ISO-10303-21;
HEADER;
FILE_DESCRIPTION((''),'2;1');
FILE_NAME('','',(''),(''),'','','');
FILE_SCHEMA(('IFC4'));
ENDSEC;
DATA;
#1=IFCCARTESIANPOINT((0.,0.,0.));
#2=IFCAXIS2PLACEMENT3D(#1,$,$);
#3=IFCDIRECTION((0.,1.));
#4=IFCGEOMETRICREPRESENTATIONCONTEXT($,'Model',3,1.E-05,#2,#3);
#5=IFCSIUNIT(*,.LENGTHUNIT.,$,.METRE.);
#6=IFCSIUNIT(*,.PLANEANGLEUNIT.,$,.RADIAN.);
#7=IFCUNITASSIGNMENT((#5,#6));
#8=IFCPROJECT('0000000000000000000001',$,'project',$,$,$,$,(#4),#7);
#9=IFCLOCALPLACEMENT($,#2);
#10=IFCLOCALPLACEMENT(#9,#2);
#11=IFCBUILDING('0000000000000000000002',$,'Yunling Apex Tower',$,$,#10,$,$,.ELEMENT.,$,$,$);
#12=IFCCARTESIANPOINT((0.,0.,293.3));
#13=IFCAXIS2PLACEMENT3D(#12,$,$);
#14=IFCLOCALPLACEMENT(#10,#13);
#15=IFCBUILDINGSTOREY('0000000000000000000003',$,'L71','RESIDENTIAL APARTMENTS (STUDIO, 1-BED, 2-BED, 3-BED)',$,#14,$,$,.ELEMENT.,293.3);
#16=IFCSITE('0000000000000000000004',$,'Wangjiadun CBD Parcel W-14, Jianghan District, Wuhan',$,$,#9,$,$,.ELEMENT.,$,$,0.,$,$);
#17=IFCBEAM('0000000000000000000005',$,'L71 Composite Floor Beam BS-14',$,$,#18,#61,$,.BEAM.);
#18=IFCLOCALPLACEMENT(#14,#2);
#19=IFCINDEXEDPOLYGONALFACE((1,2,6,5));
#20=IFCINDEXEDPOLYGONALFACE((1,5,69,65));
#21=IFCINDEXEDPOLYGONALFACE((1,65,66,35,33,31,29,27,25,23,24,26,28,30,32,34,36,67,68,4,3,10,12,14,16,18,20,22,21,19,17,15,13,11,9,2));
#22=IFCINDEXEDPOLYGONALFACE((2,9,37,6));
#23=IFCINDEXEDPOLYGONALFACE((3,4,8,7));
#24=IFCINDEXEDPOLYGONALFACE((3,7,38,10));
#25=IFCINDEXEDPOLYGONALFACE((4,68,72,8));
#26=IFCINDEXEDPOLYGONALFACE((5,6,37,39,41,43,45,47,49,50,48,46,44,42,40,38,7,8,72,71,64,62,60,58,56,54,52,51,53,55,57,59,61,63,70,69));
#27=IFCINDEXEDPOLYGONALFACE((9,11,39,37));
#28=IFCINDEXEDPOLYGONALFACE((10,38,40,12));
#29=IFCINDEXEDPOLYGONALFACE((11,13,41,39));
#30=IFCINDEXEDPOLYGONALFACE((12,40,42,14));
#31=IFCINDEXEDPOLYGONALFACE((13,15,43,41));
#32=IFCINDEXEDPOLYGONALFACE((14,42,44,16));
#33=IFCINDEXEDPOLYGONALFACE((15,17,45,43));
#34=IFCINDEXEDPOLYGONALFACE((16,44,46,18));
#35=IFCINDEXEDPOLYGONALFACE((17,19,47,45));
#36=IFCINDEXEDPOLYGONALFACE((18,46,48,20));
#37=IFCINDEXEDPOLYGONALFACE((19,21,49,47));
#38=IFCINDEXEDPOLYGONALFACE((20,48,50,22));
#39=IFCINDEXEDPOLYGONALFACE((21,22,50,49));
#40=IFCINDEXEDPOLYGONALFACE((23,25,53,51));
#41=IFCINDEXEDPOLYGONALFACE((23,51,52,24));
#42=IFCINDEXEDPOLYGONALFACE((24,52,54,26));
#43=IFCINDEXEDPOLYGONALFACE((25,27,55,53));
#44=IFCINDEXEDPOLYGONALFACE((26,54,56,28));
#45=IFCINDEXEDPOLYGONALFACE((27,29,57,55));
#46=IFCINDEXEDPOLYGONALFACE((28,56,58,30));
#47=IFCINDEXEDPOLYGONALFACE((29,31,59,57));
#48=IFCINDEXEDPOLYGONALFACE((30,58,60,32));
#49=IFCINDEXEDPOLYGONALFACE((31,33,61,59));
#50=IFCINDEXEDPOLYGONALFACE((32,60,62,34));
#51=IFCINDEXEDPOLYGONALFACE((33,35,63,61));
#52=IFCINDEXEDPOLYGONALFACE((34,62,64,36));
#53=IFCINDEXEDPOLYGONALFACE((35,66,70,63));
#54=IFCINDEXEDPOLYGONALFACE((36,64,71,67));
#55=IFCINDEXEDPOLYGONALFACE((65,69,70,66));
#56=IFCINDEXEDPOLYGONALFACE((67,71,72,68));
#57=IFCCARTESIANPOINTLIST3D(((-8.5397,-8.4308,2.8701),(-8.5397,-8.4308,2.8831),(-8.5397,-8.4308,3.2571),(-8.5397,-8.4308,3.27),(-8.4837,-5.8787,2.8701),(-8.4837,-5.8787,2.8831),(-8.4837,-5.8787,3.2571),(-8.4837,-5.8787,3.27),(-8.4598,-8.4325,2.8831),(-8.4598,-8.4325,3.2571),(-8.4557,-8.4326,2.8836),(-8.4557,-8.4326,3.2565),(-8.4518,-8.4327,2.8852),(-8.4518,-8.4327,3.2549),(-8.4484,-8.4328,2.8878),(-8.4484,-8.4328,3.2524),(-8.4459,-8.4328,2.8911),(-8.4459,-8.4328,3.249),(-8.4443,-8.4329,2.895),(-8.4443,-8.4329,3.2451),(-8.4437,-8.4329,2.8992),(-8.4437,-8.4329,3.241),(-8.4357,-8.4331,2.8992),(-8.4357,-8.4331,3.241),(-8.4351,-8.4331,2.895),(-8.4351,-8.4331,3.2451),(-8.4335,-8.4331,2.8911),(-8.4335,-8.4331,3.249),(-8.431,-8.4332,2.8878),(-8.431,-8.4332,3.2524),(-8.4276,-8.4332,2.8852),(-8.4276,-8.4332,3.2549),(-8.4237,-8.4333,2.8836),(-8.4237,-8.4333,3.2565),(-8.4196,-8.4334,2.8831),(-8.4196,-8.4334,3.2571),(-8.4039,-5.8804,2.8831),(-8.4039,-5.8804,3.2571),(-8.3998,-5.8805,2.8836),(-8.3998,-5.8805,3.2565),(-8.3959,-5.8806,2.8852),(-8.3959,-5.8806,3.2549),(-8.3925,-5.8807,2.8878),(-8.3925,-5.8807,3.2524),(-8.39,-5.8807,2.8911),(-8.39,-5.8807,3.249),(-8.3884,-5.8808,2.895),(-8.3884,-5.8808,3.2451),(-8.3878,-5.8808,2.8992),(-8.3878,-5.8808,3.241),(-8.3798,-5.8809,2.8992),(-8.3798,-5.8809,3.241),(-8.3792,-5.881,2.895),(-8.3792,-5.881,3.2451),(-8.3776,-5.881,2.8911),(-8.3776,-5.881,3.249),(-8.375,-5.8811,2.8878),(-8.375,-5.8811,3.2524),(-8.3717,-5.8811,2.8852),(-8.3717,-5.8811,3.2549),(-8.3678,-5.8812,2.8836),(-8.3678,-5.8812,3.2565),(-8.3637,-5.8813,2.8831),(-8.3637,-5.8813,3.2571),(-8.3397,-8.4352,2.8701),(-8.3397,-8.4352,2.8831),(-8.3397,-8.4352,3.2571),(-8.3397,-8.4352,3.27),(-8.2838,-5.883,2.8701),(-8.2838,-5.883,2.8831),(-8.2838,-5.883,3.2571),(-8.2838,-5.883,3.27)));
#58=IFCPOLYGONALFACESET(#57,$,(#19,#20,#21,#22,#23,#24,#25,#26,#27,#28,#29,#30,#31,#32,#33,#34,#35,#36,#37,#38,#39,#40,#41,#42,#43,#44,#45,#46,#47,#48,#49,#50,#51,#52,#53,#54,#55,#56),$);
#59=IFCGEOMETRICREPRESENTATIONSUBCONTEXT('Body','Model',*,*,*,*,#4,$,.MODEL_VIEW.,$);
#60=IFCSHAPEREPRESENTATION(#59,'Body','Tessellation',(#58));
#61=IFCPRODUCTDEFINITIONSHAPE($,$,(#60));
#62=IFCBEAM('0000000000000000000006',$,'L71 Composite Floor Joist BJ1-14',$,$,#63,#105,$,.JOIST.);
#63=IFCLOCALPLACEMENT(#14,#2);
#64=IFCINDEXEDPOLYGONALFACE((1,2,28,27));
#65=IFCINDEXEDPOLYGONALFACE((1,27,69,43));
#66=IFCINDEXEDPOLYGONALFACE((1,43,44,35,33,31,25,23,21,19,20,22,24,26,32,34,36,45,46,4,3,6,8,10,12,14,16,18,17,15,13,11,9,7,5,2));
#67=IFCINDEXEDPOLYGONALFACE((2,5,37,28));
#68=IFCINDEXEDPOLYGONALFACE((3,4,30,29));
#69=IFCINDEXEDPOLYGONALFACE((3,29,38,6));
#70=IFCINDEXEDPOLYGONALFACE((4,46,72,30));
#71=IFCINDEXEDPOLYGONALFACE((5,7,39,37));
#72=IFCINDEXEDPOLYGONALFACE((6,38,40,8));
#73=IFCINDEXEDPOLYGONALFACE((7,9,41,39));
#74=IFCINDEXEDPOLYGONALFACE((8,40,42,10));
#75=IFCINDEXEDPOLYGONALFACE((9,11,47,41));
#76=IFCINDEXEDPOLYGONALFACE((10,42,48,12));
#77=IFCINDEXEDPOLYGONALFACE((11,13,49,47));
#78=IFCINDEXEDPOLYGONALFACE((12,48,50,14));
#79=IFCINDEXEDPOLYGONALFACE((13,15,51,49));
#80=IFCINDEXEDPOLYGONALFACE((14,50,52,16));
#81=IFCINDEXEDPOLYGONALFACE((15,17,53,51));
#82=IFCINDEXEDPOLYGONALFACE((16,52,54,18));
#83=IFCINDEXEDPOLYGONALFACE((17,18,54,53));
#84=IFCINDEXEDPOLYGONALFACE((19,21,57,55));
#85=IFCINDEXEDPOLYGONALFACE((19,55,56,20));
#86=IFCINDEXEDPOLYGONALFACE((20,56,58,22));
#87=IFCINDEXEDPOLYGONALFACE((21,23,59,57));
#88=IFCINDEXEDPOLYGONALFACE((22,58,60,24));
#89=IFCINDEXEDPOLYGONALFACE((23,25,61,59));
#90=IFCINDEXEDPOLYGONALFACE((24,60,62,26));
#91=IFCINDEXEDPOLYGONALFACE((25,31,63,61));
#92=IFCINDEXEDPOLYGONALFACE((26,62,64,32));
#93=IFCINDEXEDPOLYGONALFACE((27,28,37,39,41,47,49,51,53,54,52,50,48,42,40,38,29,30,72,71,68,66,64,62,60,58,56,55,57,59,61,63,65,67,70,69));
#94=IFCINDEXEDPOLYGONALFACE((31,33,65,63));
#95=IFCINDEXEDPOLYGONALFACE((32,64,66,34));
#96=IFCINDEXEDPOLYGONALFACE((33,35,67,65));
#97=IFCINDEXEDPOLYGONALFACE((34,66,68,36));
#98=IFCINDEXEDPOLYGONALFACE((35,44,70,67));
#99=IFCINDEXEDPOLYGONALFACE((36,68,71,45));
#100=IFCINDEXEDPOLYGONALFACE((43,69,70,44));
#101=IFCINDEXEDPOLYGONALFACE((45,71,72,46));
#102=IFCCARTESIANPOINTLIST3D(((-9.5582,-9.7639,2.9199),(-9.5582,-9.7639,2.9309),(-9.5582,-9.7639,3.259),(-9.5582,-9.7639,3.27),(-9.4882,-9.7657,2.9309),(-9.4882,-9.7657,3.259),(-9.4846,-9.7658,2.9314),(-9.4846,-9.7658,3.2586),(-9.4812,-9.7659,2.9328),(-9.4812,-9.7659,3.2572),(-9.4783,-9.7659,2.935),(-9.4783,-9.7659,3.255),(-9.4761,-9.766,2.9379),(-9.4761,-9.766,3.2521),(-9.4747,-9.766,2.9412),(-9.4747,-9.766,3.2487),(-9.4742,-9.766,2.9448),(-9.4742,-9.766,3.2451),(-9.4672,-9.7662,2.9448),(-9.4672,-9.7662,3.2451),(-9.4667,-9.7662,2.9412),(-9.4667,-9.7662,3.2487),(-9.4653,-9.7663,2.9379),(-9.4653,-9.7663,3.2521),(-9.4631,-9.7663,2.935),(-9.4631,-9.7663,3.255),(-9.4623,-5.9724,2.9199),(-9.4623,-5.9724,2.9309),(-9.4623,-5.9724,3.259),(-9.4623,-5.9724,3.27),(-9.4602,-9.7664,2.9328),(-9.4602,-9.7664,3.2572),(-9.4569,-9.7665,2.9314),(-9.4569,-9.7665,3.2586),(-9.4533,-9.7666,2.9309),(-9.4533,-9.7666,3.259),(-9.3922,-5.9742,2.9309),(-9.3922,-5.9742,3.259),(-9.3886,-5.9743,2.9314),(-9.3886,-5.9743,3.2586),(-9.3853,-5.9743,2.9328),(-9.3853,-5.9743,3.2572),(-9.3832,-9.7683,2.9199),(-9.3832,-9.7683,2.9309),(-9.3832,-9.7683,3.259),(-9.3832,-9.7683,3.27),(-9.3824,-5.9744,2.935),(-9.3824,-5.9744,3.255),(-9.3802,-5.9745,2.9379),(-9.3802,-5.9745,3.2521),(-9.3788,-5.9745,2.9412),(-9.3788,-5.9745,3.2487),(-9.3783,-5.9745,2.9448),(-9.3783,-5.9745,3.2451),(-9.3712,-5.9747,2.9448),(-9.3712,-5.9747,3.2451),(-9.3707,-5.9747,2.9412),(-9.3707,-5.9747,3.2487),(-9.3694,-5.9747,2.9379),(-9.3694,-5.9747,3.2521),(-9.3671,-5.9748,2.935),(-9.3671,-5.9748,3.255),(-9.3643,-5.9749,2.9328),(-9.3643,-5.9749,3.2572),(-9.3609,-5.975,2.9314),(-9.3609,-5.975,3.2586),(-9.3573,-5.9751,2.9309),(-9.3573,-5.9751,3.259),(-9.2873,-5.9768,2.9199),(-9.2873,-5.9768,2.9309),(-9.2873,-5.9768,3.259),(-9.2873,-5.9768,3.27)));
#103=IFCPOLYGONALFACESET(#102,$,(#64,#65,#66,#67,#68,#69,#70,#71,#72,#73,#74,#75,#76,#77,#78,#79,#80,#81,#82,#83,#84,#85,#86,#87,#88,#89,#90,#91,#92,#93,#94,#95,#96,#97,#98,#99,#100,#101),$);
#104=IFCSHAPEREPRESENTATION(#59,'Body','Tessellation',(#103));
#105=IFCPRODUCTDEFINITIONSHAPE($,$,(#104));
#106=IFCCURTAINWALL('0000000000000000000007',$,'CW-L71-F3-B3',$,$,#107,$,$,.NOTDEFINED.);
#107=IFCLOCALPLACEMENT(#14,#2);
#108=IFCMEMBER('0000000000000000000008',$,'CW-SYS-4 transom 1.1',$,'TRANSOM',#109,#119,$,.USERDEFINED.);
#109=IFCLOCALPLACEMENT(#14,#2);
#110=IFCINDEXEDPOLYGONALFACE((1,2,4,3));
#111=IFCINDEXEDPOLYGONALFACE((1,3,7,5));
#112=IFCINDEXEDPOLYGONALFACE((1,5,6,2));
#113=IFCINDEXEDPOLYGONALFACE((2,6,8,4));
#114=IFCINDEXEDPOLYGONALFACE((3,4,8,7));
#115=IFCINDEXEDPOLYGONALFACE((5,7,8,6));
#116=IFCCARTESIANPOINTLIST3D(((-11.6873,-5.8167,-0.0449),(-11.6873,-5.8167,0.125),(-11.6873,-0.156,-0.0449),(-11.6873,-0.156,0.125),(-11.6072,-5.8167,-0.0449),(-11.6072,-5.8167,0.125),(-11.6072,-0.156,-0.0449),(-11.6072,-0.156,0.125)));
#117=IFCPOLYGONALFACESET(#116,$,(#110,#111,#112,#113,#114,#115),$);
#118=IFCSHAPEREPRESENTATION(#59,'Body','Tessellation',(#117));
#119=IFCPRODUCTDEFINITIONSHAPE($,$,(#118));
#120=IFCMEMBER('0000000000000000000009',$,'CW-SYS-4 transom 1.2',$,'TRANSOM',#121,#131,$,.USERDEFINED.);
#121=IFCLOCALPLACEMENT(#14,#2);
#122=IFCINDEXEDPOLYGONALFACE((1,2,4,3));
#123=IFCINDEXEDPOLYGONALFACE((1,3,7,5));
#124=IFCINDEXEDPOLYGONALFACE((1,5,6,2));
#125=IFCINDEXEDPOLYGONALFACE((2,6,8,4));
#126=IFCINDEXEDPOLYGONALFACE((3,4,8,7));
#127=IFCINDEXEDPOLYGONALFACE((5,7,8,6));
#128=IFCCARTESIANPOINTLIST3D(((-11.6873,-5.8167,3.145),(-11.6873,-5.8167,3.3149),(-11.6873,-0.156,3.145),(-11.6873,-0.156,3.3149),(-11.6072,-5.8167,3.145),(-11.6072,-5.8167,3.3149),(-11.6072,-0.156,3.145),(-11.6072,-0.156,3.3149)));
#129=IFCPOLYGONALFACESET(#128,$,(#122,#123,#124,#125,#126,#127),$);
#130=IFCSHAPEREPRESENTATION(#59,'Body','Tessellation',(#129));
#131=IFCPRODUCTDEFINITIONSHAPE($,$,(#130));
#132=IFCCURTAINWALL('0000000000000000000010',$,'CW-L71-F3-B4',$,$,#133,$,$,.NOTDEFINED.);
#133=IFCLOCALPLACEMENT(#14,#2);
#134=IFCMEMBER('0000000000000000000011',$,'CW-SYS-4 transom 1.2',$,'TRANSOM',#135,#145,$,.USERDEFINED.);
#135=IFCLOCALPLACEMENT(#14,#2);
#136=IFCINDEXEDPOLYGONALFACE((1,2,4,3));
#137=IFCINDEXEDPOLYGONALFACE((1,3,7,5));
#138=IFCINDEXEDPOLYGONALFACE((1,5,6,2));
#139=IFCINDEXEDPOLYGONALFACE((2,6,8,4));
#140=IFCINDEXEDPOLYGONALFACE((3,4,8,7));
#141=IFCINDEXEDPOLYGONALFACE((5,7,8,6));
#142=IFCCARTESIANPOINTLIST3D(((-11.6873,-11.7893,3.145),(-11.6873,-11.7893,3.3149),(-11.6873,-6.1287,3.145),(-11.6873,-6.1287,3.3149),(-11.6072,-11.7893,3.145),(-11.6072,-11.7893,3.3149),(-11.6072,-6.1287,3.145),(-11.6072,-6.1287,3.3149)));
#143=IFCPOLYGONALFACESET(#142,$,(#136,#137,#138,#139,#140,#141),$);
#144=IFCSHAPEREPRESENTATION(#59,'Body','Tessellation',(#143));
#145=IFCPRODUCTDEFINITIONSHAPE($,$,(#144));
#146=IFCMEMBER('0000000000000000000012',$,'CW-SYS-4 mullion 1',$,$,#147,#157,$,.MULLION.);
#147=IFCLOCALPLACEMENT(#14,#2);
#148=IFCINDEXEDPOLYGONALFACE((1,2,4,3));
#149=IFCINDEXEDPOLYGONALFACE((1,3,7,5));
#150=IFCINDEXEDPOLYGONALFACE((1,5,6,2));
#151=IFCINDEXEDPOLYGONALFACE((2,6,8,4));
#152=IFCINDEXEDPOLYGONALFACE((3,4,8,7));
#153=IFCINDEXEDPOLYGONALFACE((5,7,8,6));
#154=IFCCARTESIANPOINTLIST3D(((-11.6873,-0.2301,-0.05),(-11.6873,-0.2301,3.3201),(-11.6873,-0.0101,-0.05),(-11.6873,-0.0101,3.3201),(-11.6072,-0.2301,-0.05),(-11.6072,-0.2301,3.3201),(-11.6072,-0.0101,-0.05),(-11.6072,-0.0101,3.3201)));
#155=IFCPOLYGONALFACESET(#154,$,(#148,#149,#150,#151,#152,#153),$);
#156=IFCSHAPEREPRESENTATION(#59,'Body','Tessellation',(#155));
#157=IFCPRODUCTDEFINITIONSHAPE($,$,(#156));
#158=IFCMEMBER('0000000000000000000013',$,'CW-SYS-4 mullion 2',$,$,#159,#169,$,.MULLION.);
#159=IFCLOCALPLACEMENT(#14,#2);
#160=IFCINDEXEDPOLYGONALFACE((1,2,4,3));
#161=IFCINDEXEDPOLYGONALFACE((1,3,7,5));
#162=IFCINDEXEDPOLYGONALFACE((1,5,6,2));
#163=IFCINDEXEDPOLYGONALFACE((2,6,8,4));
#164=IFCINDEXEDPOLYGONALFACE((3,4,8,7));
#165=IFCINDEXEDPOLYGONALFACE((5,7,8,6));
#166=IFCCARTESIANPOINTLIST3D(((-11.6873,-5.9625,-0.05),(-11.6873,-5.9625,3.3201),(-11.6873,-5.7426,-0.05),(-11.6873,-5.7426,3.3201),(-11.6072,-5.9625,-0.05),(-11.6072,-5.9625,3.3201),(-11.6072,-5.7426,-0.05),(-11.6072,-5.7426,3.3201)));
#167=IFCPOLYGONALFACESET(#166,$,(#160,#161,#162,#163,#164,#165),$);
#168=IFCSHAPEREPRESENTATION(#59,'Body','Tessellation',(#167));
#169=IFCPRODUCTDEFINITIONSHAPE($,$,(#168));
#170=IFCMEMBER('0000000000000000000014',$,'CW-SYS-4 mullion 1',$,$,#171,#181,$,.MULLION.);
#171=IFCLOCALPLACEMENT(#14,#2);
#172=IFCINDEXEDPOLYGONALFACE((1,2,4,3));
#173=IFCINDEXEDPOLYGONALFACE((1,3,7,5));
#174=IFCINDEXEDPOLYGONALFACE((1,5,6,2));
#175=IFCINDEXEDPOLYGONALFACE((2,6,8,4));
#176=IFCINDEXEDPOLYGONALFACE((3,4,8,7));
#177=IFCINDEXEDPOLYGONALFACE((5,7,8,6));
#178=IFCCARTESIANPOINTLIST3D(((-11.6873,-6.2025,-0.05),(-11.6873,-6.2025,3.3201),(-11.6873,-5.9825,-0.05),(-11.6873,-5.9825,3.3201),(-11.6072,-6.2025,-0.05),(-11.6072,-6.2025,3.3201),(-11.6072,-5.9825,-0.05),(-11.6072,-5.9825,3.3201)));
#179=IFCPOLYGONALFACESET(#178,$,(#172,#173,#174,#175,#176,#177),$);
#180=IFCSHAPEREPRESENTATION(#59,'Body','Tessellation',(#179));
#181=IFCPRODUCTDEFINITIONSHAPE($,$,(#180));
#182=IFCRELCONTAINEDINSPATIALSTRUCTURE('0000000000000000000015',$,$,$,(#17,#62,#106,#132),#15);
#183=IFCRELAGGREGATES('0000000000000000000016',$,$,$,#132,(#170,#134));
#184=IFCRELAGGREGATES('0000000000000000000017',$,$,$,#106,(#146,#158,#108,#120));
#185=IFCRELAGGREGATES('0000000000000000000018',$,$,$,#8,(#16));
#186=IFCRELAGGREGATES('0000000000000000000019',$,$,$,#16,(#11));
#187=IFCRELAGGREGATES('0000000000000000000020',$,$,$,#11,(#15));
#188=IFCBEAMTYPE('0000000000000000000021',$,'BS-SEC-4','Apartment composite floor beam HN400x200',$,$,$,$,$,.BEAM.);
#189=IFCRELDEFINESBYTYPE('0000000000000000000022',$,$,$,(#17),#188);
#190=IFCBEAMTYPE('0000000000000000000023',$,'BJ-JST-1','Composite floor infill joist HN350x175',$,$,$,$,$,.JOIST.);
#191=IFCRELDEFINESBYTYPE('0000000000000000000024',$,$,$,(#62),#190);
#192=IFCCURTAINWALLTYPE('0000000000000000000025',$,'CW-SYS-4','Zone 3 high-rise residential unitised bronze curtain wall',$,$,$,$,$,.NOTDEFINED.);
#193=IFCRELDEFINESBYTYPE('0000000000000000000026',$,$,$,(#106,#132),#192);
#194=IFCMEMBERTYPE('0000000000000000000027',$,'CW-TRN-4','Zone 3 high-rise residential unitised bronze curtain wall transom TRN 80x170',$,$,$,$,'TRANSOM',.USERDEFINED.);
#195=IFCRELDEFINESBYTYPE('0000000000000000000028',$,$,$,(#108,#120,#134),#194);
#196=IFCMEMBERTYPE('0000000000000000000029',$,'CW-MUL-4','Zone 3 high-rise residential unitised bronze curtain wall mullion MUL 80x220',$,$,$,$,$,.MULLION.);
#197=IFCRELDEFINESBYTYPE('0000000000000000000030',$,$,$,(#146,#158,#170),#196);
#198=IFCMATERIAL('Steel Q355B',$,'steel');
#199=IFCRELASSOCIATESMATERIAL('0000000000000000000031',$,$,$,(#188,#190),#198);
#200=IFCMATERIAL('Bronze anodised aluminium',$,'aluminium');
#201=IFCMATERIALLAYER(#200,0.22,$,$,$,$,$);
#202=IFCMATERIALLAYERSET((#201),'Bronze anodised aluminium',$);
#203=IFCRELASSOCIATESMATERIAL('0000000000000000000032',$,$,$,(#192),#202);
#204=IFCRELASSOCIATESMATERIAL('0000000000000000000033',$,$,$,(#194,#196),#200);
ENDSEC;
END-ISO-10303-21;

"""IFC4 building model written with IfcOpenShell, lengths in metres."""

from ifc_helpers import new_model, si_unit, direction, frame, origin, origin_2d, place, context, subcontext, project, spatial, rectangle, i_section, extrude, source, transform, mapped, material, layer, layer_set, material_profile, profile_set, type_object, element, aggregate, save


model = new_model("IFC4")

# Units and contexts
model_context = context("Model", 3, precision=1e-05, world=origin(), true_north=direction((0.0, 1.0)))
body_context = subcontext(model_context, "Body", "Model", "MODEL_VIEW")
ifc_project = project(units=[si_unit("LENGTHUNIT", "METRE"), si_unit("PLANEANGLEUNIT", "RADIAN")], contexts=[model_context])

# Site, building, storey
site_placement = place(None, origin())
site = spatial("IfcSite", under=ifc_project, at=site_placement, Name="Wangjiadun CBD Parcel W-14, Jianghan District, Wuhan", CompositionType="ELEMENT", RefElevation=0.0)
building_placement = place(site_placement, origin())
building = spatial("IfcBuilding", under=site, at=building_placement, Name="Yunling Apex Tower", CompositionType="ELEMENT")
storey_placement = place(building_placement, frame((0.0, 0.0, 293.3)))
storey = spatial("IfcBuildingStorey", under=building, at=storey_placement, Name="L71", Description="RESIDENTIAL APARTMENTS (STUDIO, 1-BED, 2-BED, 3-BED)", CompositionType="ELEMENT", Elevation=293.3)

# Shared definitions
ifc_material_1 = material(Name="Steel Q355B", Category="steel")

# Beams
ifc_material_profile_1 = material_profile(ifc_material_1, i_section(OverallWidth=0.2, OverallDepth=0.3999, WebThickness=0.0081, FlangeThickness=0.0129, FilletRadius=0.0161, at=origin_2d()))
ifc_profile_set_1 = profile_set([ifc_material_profile_1], Name="Steel Q355B")
beam_type_1 = type_object("IfcBeamType", Name="BS-SEC-4", Description="Apartment composite floor beam HN400x200", PredefinedType="BEAM", material=ifc_profile_set_1)
ifc_material_profile_2 = material_profile(ifc_material_1, i_section(OverallWidth=0.175, OverallDepth=0.3501, WebThickness=0.0071, FlangeThickness=0.011, FilletRadius=0.0139, at=origin_2d()))
ifc_profile_set_2 = profile_set([ifc_material_profile_2], Name="Steel Q355B")
beam_type_2 = type_object("IfcBeamType", Name="BJ-JST-1", Description="Composite floor infill joist HN350x175", PredefinedType="JOIST", material=ifc_profile_set_2)
shared_shape_1 = source(origin(), body_context, "Body", "SweptSolid", [
    extrude(i_section(OverallWidth=0.2, OverallDepth=0.3999, WebThickness=0.0081, FlangeThickness=0.0129, FilletRadius=0.0161, at=origin_2d()), origin(), (0.0, 0.0, 1.0), 2.5527),
])
beam_1_placement = place(storey_placement, frame((-8.3838, -5.8809, 3.0701), z_axis=(-0.021902, -0.99976, 0.0), x_axis=(0.99976, -0.021902, 0.0)))
element("IfcBeam", 1, at=beam_1_placement, inside=storey, type_object=beam_type_1, Name="L71 Composite Floor Beam BS-14", PredefinedType="BEAM", context=body_context, shape_type="MappedRepresentation", body=[
    mapped(shared_shape_1, transform((0.0, 0.0, 0.0), scale=1.0)),
])
shared_shape_2 = source(origin(), body_context, "Body", "SweptSolid", [
    extrude(i_section(OverallWidth=0.175, OverallDepth=0.3501, WebThickness=0.0071, FlangeThickness=0.011, FilletRadius=0.0139, at=origin_2d()), origin(), (0.0, 0.0, 1.0), 3.7927),
])
beam_2_placement = place(storey_placement, frame((-9.3748, -5.9746, 3.095), z_axis=(-0.025298, -0.99968, 0.0), x_axis=(0.99968, -0.025298, 0.0)))
element("IfcBeam", 2, at=beam_2_placement, inside=storey, type_object=beam_type_2, Name="L71 Composite Floor Joist BJ1-14", PredefinedType="JOIST", context=body_context, shape_type="MappedRepresentation", body=[
    mapped(shared_shape_2, transform((0.0, 0.0, 0.0), scale=1.0)),
])

# Curtain wall, members
ifc_material_2 = material(Name="Bronze anodised aluminium", Category="aluminium")
ifc_layer_1 = layer(ifc_material_2, 0.22)
ifc_layer_set_1 = layer_set([ifc_layer_1], Name="Bronze anodised aluminium")
curtain_wall_type = type_object("IfcCurtainWallType", Name="CW-SYS-4", Description="Zone 3 high-rise residential unitised bronze curtain wall", PredefinedType="NOTDEFINED", material=ifc_layer_set_1)
curtain_wall_1_placement = place(storey_placement, origin())
curtain_wall_1 = element("IfcCurtainWall", 3, at=curtain_wall_1_placement, inside=storey, type_object=curtain_wall_type, Name="CW-L71-F3-B3", PredefinedType="NOTDEFINED")
ifc_material_profile_3 = material_profile(ifc_material_2, rectangle(XDim=0.0801, YDim=0.1699, at=origin_2d()))
ifc_profile_set_3 = profile_set([ifc_material_profile_3], Name="Bronze anodised aluminium")
member_type_1 = type_object("IfcMemberType", Name="CW-TRN-4", Description="Zone 3 high-rise residential unitised bronze curtain wall transom TRN 80x170", ElementType="TRANSOM", PredefinedType="USERDEFINED", material=ifc_profile_set_3)
shared_shape_3 = source(origin(), body_context, "Body", "SweptSolid", [
    extrude(rectangle(XDim=0.0801, YDim=0.1699, at=origin_2d()), origin(), (0.0, 0.0, 1.0), 5.6606),
])
member_1_placement = place(storey_placement, frame((-11.6472, -0.156, 0.04), z_axis=(0.0, -1.0, 0.0), x_axis=(1.0, 0.0, 0.0)))
member_1 = element("IfcMember", 4, at=member_1_placement, type_object=member_type_1, Name="CW-SYS-4 transom 1.1", ObjectType="TRANSOM", PredefinedType="USERDEFINED", context=body_context, shape_type="MappedRepresentation", body=[
    mapped(shared_shape_3, transform((0.0, 0.0, 0.0), scale=1.0)),
])
member_2_placement = place(storey_placement, frame((-11.6472, -0.156, 3.23), z_axis=(0.0, -1.0, 0.0), x_axis=(1.0, 0.0, 0.0)))
member_2 = element("IfcMember", 5, at=member_2_placement, type_object=member_type_1, Name="CW-SYS-4 transom 1.2", ObjectType="TRANSOM", PredefinedType="USERDEFINED", context=body_context, shape_type="MappedRepresentation", body=[
    mapped(shared_shape_3, transform((0.0, 0.0, 0.0), scale=1.0)),
])

# Curtain wall, member
curtain_wall_2_placement = place(storey_placement, origin())
curtain_wall_2 = element("IfcCurtainWall", 6, at=curtain_wall_2_placement, inside=storey, type_object=curtain_wall_type, Name="CW-L71-F3-B4", PredefinedType="NOTDEFINED")
member_3_placement = place(storey_placement, frame((-11.6472, -6.1287, 3.23), z_axis=(0.0, -1.0, 0.0), x_axis=(1.0, 0.0, 0.0)))
member_3 = element("IfcMember", 7, at=member_3_placement, type_object=member_type_1, Name="CW-SYS-4 transom 1.2", ObjectType="TRANSOM", PredefinedType="USERDEFINED", context=body_context, shape_type="MappedRepresentation", body=[
    mapped(shared_shape_3, transform((0.0, 0.0, 0.0), scale=1.0)),
])

# Members
ifc_material_profile_4 = material_profile(ifc_material_2, rectangle(XDim=0.0801, YDim=0.22, at=origin_2d()))
ifc_profile_set_4 = profile_set([ifc_material_profile_4], Name="Bronze anodised aluminium")
member_type_2 = type_object("IfcMemberType", Name="CW-MUL-4", Description="Zone 3 high-rise residential unitised bronze curtain wall mullion MUL 80x220", PredefinedType="MULLION", material=ifc_profile_set_4)
shared_shape_4 = source(origin(), body_context, "Body", "SweptSolid", [
    extrude(rectangle(XDim=0.0801, YDim=0.22, at=origin_2d()), origin(), (0.0, 0.0, 1.0), 3.3701),
])
member_4_placement = place(storey_placement, frame((-11.6472, -0.1201, -0.05), z_axis=(0.0, 0.0, 1.0), x_axis=(1.0, 0.0, 0.0)))
member_4 = element("IfcMember", 8, at=member_4_placement, type_object=member_type_2, Name="CW-SYS-4 mullion 1", PredefinedType="MULLION", context=body_context, shape_type="MappedRepresentation", body=[
    mapped(shared_shape_4, transform((0.0, 0.0, 0.0), scale=1.0)),
])
member_5_placement = place(storey_placement, frame((-11.6472, -5.8525, -0.05), z_axis=(0.0, 0.0, 1.0), x_axis=(1.0, 0.0, 0.0)))
member_5 = element("IfcMember", 9, at=member_5_placement, type_object=member_type_2, Name="CW-SYS-4 mullion 2", PredefinedType="MULLION", context=body_context, shape_type="MappedRepresentation", body=[
    mapped(shared_shape_4, transform((0.0, 0.0, 0.0), scale=1.0)),
])
member_6_placement = place(storey_placement, frame((-11.6472, -6.0925, -0.05), z_axis=(0.0, 0.0, 1.0), x_axis=(1.0, 0.0, 0.0)))
member_6 = element("IfcMember", 10, at=member_6_placement, type_object=member_type_2, Name="CW-SYS-4 mullion 1", PredefinedType="MULLION", context=body_context, shape_type="MappedRepresentation", body=[
    mapped(shared_shape_4, transform((0.0, 0.0, 0.0), scale=1.0)),
])
aggregate(curtain_wall_2, [member_6, member_3])

aggregate(curtain_wall_1, [member_4, member_5, member_1, member_2])

save(model, "model.ifc")
